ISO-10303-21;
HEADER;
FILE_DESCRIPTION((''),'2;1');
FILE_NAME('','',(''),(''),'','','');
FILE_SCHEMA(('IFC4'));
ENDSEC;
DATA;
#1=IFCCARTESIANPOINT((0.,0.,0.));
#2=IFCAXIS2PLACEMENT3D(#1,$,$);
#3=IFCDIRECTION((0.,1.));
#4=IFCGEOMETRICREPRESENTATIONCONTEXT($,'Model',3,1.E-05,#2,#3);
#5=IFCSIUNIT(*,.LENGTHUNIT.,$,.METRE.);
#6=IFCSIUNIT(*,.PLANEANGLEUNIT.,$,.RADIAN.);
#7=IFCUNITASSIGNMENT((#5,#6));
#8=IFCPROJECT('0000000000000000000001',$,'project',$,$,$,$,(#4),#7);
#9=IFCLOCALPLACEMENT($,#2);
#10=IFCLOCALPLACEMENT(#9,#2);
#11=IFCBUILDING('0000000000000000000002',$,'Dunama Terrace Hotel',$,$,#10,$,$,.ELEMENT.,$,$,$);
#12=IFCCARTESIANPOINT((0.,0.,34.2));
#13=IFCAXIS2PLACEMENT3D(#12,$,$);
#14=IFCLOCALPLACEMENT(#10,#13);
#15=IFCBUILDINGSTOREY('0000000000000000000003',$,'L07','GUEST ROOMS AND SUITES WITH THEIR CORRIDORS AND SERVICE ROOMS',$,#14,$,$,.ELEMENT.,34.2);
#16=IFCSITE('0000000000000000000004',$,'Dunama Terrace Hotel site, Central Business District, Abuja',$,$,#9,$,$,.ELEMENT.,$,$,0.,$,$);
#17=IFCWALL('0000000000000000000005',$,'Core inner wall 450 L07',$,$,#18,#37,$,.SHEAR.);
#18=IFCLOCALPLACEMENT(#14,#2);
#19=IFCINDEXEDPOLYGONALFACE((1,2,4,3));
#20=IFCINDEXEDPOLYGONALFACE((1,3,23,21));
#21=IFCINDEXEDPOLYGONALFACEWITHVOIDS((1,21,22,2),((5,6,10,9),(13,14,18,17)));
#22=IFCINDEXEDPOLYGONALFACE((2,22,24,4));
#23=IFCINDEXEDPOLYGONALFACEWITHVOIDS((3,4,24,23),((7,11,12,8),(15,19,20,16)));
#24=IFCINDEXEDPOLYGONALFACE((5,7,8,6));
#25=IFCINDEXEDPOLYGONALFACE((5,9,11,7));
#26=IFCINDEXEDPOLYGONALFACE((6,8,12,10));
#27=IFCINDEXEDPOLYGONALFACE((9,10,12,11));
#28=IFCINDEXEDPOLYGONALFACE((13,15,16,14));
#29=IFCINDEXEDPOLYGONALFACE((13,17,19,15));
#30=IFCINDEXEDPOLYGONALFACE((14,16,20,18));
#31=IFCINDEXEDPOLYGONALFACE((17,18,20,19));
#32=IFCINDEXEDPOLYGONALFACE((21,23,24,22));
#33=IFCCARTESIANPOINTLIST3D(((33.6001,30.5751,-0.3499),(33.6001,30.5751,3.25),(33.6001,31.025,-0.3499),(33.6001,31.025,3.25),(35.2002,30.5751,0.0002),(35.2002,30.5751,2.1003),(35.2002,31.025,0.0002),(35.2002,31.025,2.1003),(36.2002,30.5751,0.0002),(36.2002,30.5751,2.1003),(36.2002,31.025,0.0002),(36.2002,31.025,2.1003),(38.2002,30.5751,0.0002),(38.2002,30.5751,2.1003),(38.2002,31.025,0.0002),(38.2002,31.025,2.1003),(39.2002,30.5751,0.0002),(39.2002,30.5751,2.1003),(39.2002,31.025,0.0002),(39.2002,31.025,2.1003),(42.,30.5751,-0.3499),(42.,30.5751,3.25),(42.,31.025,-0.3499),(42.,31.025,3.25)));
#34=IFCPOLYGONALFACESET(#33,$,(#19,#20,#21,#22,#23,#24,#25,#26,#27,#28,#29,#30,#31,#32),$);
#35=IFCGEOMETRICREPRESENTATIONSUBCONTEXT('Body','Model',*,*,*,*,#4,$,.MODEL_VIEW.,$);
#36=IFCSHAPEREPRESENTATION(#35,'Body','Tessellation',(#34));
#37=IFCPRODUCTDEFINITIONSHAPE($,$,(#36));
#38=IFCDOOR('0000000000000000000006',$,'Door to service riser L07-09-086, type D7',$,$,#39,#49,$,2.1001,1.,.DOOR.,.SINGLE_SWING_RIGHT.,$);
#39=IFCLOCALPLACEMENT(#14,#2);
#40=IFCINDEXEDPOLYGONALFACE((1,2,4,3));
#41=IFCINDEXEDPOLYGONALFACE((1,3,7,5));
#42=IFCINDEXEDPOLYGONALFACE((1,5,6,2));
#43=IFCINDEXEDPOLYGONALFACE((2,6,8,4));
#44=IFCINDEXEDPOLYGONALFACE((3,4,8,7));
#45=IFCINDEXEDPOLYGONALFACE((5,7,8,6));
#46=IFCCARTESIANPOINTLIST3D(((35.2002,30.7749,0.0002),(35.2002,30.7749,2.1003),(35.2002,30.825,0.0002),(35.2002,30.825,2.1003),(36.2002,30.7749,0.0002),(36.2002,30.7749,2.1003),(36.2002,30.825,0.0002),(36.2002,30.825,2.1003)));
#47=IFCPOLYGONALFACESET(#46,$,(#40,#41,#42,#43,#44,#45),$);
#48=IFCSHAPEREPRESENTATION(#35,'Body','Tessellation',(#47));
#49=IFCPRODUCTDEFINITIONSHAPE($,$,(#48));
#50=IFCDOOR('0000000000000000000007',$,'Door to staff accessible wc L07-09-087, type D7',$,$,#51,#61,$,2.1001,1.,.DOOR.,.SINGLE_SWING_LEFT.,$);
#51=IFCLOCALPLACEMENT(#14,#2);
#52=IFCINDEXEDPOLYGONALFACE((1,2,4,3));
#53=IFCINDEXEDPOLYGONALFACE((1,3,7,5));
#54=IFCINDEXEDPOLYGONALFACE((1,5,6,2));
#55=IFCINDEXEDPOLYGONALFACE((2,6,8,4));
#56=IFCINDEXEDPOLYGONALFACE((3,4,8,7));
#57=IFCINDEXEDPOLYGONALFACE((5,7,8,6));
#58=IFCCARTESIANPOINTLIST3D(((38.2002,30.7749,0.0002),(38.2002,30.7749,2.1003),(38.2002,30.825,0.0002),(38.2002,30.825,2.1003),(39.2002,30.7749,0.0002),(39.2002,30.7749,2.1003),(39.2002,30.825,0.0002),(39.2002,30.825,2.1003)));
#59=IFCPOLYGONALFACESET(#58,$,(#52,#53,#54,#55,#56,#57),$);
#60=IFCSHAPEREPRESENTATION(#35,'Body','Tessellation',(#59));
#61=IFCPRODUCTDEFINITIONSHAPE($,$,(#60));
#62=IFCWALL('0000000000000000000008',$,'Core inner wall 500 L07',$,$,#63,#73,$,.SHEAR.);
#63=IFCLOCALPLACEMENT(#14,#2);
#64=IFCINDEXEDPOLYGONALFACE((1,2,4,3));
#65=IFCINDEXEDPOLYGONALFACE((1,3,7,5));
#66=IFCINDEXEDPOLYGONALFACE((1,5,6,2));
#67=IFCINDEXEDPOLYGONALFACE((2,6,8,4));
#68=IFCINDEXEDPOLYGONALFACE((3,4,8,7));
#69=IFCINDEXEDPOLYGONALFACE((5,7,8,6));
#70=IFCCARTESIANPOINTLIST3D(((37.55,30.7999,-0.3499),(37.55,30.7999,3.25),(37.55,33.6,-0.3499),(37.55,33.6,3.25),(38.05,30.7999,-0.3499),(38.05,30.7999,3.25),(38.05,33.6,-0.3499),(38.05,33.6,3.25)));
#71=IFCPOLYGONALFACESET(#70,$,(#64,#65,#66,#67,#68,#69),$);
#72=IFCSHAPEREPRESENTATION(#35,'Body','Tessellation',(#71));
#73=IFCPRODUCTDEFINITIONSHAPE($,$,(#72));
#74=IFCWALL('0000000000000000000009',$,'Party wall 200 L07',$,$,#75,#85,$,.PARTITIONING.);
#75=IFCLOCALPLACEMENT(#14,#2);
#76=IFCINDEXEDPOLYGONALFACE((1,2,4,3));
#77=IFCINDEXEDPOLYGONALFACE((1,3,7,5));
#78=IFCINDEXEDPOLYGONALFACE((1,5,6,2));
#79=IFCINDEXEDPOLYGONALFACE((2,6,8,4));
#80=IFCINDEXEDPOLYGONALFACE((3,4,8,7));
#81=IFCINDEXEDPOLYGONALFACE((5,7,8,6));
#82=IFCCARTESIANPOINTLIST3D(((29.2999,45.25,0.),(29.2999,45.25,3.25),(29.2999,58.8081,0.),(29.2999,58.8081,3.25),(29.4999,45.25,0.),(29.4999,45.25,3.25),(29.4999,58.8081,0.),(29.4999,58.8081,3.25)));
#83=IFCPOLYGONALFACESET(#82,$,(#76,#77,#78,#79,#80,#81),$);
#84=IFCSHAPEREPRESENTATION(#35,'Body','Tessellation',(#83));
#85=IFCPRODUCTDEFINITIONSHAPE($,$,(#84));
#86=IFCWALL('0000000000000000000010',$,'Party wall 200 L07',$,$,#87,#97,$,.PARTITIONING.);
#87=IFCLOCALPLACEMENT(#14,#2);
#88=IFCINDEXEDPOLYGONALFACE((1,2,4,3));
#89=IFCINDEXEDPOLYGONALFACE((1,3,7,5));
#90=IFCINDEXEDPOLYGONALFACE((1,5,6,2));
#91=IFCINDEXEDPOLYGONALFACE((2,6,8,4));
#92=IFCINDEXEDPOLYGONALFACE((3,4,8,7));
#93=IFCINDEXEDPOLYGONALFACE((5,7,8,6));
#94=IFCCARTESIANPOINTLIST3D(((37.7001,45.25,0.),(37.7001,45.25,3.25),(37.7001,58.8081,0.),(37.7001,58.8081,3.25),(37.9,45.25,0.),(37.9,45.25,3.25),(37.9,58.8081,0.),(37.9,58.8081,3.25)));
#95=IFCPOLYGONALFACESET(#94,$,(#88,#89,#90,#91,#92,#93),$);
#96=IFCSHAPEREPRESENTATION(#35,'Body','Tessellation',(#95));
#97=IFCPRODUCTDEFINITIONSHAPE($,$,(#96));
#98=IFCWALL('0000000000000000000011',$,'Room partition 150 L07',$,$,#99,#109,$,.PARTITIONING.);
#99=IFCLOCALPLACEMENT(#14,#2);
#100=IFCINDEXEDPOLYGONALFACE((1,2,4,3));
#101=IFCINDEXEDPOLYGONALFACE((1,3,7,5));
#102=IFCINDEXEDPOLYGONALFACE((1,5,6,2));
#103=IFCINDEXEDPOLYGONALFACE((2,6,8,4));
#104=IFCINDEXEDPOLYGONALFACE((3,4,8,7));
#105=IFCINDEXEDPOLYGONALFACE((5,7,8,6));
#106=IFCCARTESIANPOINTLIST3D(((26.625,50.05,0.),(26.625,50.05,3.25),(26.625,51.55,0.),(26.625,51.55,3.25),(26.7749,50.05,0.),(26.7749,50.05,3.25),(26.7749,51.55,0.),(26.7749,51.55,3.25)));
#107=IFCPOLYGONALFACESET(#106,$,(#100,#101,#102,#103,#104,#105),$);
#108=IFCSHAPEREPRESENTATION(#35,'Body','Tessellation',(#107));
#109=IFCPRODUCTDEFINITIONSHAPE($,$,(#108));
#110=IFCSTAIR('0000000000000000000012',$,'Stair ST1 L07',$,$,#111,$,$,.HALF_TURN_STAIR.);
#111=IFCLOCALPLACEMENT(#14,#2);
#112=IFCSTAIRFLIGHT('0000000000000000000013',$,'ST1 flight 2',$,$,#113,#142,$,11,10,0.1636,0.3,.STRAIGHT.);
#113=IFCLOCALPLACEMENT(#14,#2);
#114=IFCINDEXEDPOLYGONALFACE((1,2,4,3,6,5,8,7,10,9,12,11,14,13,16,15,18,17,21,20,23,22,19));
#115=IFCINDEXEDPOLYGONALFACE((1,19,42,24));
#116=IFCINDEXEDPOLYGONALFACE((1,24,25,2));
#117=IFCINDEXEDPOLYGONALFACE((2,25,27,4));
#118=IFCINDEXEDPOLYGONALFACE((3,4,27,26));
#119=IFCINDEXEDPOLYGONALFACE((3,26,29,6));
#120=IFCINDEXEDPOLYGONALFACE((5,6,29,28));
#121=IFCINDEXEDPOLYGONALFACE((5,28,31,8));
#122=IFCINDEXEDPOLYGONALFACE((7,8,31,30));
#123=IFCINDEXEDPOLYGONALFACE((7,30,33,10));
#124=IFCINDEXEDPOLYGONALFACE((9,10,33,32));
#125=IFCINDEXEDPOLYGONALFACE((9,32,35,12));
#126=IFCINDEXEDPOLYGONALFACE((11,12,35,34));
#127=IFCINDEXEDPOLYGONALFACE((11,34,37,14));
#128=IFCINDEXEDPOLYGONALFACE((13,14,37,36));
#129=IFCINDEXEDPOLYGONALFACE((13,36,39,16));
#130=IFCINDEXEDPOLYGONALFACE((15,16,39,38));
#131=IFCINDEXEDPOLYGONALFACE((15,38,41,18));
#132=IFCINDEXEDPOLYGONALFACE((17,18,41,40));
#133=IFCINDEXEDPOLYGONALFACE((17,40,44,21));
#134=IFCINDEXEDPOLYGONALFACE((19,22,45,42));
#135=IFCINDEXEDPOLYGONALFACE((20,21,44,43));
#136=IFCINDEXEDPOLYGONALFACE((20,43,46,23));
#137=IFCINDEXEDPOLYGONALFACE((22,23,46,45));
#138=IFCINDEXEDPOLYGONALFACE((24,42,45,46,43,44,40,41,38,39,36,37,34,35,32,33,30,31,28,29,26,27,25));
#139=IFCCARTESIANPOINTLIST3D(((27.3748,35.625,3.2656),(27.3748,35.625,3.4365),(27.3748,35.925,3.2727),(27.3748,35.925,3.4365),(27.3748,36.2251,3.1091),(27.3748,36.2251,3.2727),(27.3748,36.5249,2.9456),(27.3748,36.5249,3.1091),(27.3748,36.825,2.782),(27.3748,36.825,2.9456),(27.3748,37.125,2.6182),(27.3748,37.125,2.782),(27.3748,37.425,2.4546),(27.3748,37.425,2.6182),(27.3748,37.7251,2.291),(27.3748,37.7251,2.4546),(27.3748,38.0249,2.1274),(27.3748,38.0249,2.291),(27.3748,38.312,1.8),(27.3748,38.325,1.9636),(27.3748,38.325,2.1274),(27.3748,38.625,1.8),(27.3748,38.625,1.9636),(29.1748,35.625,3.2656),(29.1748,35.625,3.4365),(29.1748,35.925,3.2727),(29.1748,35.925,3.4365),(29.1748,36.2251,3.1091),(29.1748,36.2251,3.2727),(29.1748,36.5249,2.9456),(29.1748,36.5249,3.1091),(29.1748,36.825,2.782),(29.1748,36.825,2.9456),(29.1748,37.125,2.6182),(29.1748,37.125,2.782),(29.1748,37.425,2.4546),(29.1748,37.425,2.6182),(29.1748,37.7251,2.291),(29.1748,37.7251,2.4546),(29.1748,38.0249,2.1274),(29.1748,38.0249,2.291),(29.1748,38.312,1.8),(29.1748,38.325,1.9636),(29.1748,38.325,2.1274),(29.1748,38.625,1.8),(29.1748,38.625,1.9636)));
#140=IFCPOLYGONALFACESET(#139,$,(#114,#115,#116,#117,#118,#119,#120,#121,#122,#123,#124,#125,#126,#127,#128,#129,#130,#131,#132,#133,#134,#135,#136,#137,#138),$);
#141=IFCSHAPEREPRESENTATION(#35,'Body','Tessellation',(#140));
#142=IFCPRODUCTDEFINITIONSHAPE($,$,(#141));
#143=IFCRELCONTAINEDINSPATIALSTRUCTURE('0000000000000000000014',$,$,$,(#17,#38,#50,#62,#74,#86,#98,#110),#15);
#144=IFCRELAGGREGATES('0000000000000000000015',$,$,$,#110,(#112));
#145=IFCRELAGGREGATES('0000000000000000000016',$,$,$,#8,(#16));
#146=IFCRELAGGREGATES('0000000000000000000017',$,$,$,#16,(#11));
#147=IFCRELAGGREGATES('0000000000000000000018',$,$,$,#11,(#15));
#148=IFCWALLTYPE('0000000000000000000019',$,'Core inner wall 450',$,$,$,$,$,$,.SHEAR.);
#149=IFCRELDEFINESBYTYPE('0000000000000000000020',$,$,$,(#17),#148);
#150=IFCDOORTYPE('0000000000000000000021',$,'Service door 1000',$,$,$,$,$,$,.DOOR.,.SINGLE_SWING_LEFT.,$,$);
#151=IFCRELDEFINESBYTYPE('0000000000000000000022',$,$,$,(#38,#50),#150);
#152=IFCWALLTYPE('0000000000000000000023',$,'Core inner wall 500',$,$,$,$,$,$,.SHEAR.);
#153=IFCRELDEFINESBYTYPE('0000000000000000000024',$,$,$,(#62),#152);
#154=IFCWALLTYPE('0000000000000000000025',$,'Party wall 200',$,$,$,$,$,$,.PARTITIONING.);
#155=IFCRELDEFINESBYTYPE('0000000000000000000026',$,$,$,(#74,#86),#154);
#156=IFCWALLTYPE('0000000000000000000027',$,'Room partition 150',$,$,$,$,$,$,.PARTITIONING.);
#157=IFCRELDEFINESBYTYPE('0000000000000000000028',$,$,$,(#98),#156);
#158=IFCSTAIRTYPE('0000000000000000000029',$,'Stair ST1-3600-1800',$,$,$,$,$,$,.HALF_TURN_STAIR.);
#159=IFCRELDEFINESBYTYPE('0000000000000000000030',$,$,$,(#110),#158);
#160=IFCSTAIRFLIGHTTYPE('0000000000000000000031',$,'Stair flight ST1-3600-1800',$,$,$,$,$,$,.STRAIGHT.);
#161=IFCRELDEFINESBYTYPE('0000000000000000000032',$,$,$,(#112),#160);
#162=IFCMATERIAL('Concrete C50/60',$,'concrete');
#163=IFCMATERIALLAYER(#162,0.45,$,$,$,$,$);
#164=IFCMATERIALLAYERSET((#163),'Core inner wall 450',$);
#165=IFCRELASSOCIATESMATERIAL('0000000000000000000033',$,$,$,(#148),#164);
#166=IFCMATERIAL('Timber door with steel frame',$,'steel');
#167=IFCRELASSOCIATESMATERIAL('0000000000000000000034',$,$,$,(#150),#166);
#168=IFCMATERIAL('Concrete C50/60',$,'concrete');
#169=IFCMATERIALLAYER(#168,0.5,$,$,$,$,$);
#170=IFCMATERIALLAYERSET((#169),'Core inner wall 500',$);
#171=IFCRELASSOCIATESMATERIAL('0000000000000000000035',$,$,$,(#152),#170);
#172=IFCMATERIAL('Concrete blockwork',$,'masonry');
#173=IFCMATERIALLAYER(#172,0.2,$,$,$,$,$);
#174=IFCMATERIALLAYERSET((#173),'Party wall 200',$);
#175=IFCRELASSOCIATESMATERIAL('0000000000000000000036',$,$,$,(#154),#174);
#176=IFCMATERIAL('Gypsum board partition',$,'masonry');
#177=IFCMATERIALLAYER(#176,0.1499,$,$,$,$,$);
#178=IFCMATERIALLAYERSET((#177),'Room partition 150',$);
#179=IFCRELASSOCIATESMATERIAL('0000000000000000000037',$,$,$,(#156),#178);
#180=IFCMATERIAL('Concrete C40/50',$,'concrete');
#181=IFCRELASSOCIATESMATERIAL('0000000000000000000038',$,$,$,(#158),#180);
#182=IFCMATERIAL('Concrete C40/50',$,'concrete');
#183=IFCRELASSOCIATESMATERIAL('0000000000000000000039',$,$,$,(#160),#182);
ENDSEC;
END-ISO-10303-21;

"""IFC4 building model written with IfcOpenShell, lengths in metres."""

from ifc_helpers import new_model, si_unit, direction, frame, frame_2d, origin, place, context, subcontext, project, spatial, polyline, rectangle, outline, extrude, material, layer, layer_set, type_object, element, fill, aggregate, save


model = new_model("IFC4")

# Units and contexts
model_context = context("Model", 3, precision=1e-05, world=origin(), true_north=direction((0.0, 1.0)))
body_context = subcontext(model_context, "Body", "Model", "MODEL_VIEW")
ifc_project = project(units=[si_unit("LENGTHUNIT", "METRE"), si_unit("PLANEANGLEUNIT", "RADIAN")], contexts=[model_context])

# Site, building, storey
site_placement = place(None, origin())
site = spatial("IfcSite", under=ifc_project, at=site_placement, Name="Dunama Terrace Hotel site, Central Business District, Abuja", CompositionType="ELEMENT", RefElevation=0.0)
building_placement = place(site_placement, origin())
building = spatial("IfcBuilding", under=site, at=building_placement, Name="Dunama Terrace Hotel", CompositionType="ELEMENT")
storey_placement = place(building_placement, frame((0.0, 0.0, 34.2)))
storey = spatial("IfcBuildingStorey", under=building, at=storey_placement, Name="L07", Description="GUEST ROOMS AND SUITES WITH THEIR CORRIDORS AND SERVICE ROOMS", CompositionType="ELEMENT", Elevation=34.2)

# Shared definitions
ifc_material_1 = material(Name="Concrete C50/60", Category="concrete")
ifc_layer_1 = layer(ifc_material_1, 0.45)
ifc_layer_set_1 = layer_set([ifc_layer_1], Name="Core inner wall 450")
wall_type_1 = type_object("IfcWallType", Name="Core inner wall 450", PredefinedType="SHEAR", material=ifc_layer_set_1)

# Wall, openings, doors
wall_1_placement = place(storey_placement, frame((33.6001, 30.8, -0.3499), z_axis=(0.0, 0.0, 1.0), x_axis=(1.0, 0.0, 0.0)))
wall_1 = element("IfcWall", 1, at=wall_1_placement, inside=storey, type_object=wall_type_1, Name="Core inner wall 450 L07", PredefinedType="SHEAR", context=body_context, shape_type="SweptSolid", body=[
    extrude(rectangle(XDim=8.3999, YDim=0.45, at=frame_2d((4.2, 0.0))), origin(), (0.0, 0.0, 1.0), 3.5999),
])
opening_1_placement = place(wall_1_placement, frame((1.6001, 0.0, 0.3501)))
opening_1 = element("IfcOpeningElement", 2, at=opening_1_placement, cuts=wall_1, PredefinedType="OPENING", context=body_context, shape_type="SweptSolid", body=[
    extrude(rectangle(XDim=1.0, YDim=2.1001, at=frame_2d((0.5, 1.05))), frame((0.0, 0.2349, 0.0), z_axis=(0.0, -1.0, 0.0), x_axis=(1.0, 0.0, 0.0)), (0.0, 0.0, 1.0), 0.47),
])
opening_2_placement = place(wall_1_placement, frame((4.6001, 0.0, 0.3501)))
opening_2 = element("IfcOpeningElement", 3, at=opening_2_placement, cuts=wall_1, PredefinedType="OPENING", context=body_context, shape_type="SweptSolid", body=[
    extrude(rectangle(XDim=1.0, YDim=2.1001, at=frame_2d((0.5, 1.05))), frame((0.0, 0.2349, 0.0), z_axis=(0.0, -1.0, 0.0), x_axis=(1.0, 0.0, 0.0)), (0.0, 0.0, 1.0), 0.47),
])
ifc_material_2 = material(Name="Timber door with steel frame", Category="steel")
door_type_1 = type_object("IfcDoorType", Name="Service door 1000", OperationType="SINGLE_SWING_LEFT", PredefinedType="DOOR", material=ifc_material_2)
door_1_placement = place(opening_1_placement, origin())
door_1 = element("IfcDoor", 4, at=door_1_placement, inside=storey, type_object=door_type_1, Name="Door to service riser L07-09-086, type D7", OperationType="SINGLE_SWING_RIGHT", OverallHeight=2.1001, OverallWidth=1.0, PredefinedType="DOOR", context=body_context, shape_type="SweptSolid", body=[
    extrude(rectangle(XDim=1.0, YDim=2.1001, at=frame_2d((0.5, 1.05))), frame((0.0, 0.0249, 0.0), z_axis=(0.0, -1.0, 0.0), x_axis=(1.0, 0.0, 0.0)), (0.0, 0.0, 1.0), 0.05),
])
fill(opening_1, door_1)
door_2_placement = place(opening_2_placement, origin())
door_2 = element("IfcDoor", 5, at=door_2_placement, inside=storey, type_object=door_type_1, Name="Door to staff accessible wc L07-09-087, type D7", OperationType="SINGLE_SWING_LEFT", OverallHeight=2.1001, OverallWidth=1.0, PredefinedType="DOOR", context=body_context, shape_type="SweptSolid", body=[
    extrude(rectangle(XDim=1.0, YDim=2.1001, at=frame_2d((0.5, 1.05))), frame((0.0, 0.0249, 0.0), z_axis=(0.0, -1.0, 0.0), x_axis=(1.0, 0.0, 0.0)), (0.0, 0.0, 1.0), 0.05),
])
fill(opening_2, door_2)

# Walls
ifc_material_3 = material(Name="Concrete C50/60", Category="concrete")
ifc_layer_2 = layer(ifc_material_3, 0.5)
ifc_layer_set_2 = layer_set([ifc_layer_2], Name="Core inner wall 500")
wall_type_2 = type_object("IfcWallType", Name="Core inner wall 500", PredefinedType="SHEAR", material=ifc_layer_set_2)
wall_2_placement = place(storey_placement, frame((37.8, 30.8, -0.3499), z_axis=(0.0, 0.0, 1.0), x_axis=(0.0, 1.0, 0.0)))
element("IfcWall", 6, at=wall_2_placement, inside=storey, type_object=wall_type_2, Name="Core inner wall 500 L07", PredefinedType="SHEAR", context=body_context, shape_type="SweptSolid", body=[
    extrude(rectangle(XDim=2.8, YDim=0.5, at=frame_2d((1.3999, 0.0))), origin(), (0.0, 0.0, 1.0), 3.5999),
])
ifc_material_4 = material(Name="Concrete blockwork", Category="masonry")
ifc_layer_3 = layer(ifc_material_4, 0.2)
ifc_layer_set_3 = layer_set([ifc_layer_3], Name="Party wall 200")
wall_type_3 = type_object("IfcWallType", Name="Party wall 200", PredefinedType="PARTITIONING", material=ifc_layer_set_3)
for number, where, z_axis, x_axis, name in (
    (7, (29.3999, 45.25, 0.0), (0.0, 0.0, 1.0), (0.0, 1.0, 0.0), "Party wall 200 L07"),
    (8, (37.8, 45.25, 0.0), (0.0, 0.0, 1.0), (0.0, 1.0, 0.0), "Party wall 200 L07"),
):
    element("IfcWall", number, at=place(storey_placement, frame(where, z_axis=z_axis, x_axis=x_axis)), inside=storey, type_object=wall_type_3, Name=name, PredefinedType="PARTITIONING", context=body_context, shape_type="SweptSolid", body=[
        extrude(rectangle(XDim=13.5581, YDim=0.2, at=frame_2d((6.7791, 0.0))), origin(), (0.0, 0.0, 1.0), 3.25),
    ])
ifc_material_5 = material(Name="Gypsum board partition", Category="masonry")
ifc_layer_4 = layer(ifc_material_5, 0.1499)
ifc_layer_set_4 = layer_set([ifc_layer_4], Name="Room partition 150")
wall_type_4 = type_object("IfcWallType", Name="Room partition 150", PredefinedType="PARTITIONING", material=ifc_layer_set_4)
wall_3_placement = place(storey_placement, frame((26.7, 50.05, 0.0), z_axis=(0.0, 0.0, 1.0), x_axis=(0.0, 1.0, 0.0)))
element("IfcWall", 9, at=wall_3_placement, inside=storey, type_object=wall_type_4, Name="Room partition 150 L07", PredefinedType="PARTITIONING", context=body_context, shape_type="SweptSolid", body=[
    extrude(rectangle(XDim=1.5, YDim=0.1499, at=frame_2d((0.75, 0.0))), origin(), (0.0, 0.0, 1.0), 3.25),
])

# Stair, stair flight
ifc_material_6 = material(Name="Concrete C40/50", Category="concrete")
stair_type = type_object("IfcStairType", Name="Stair ST1-3600-1800", PredefinedType="HALF_TURN_STAIR", material=ifc_material_6)
stair_placement = place(storey_placement, origin())
stair = element("IfcStair", 10, at=stair_placement, inside=storey, type_object=stair_type, Name="Stair ST1 L07", PredefinedType="HALF_TURN_STAIR")
ifc_material_7 = material(Name="Concrete C40/50", Category="concrete")
stair_flight_type = type_object("IfcStairFlightType", Name="Stair flight ST1-3600-1800", PredefinedType="STRAIGHT", material=ifc_material_7)
stair_flight_placement = place(storey_placement, frame((28.2749, 38.625, 1.8), z_axis=(0.0, 0.0, 1.0), x_axis=(0.0, -1.0, 0.0)))
stair_flight = element("IfcStairFlight", 11, at=stair_flight_placement, type_object=stair_flight_type, Name="ST1 flight 2", NumberOfRisers=11, NumberOfTreads=10, PredefinedType="STRAIGHT", RiserHeight=0.1636, TreadLength=0.3, context=body_context, shape_type="SweptSolid", body=[
    extrude(outline(polyline([(0.0, 0.0), (0.0, 0.1636), (0.3, 0.1636), (0.3, 0.3274), (0.6001, 0.3274), (0.6001, 0.491), (0.8999, 0.491), (0.8999, 0.6545), (1.2, 0.6545), (1.2, 0.8181), (1.5, 0.8181), (1.5, 0.9819), (1.8, 0.9819), (1.8, 1.1455), (2.1001, 1.1455), (2.1001, 1.3091), (2.3999, 1.3091), (2.3999, 1.4727), (2.7, 1.4727), (2.7, 1.6365), (3.0, 1.6365), (3.0, 1.8), (3.0, 1.4656), (0.313, 0.0), (0.0, 0.0)])), frame((0.0, 0.8999, 0.0), z_axis=(0.0, -1.0, 0.0), x_axis=(1.0, 0.0, 0.0)), (0.0, 0.0, 1.0), 1.8),
])
aggregate(stair, [stair_flight])

save(model, "model.ifc")
